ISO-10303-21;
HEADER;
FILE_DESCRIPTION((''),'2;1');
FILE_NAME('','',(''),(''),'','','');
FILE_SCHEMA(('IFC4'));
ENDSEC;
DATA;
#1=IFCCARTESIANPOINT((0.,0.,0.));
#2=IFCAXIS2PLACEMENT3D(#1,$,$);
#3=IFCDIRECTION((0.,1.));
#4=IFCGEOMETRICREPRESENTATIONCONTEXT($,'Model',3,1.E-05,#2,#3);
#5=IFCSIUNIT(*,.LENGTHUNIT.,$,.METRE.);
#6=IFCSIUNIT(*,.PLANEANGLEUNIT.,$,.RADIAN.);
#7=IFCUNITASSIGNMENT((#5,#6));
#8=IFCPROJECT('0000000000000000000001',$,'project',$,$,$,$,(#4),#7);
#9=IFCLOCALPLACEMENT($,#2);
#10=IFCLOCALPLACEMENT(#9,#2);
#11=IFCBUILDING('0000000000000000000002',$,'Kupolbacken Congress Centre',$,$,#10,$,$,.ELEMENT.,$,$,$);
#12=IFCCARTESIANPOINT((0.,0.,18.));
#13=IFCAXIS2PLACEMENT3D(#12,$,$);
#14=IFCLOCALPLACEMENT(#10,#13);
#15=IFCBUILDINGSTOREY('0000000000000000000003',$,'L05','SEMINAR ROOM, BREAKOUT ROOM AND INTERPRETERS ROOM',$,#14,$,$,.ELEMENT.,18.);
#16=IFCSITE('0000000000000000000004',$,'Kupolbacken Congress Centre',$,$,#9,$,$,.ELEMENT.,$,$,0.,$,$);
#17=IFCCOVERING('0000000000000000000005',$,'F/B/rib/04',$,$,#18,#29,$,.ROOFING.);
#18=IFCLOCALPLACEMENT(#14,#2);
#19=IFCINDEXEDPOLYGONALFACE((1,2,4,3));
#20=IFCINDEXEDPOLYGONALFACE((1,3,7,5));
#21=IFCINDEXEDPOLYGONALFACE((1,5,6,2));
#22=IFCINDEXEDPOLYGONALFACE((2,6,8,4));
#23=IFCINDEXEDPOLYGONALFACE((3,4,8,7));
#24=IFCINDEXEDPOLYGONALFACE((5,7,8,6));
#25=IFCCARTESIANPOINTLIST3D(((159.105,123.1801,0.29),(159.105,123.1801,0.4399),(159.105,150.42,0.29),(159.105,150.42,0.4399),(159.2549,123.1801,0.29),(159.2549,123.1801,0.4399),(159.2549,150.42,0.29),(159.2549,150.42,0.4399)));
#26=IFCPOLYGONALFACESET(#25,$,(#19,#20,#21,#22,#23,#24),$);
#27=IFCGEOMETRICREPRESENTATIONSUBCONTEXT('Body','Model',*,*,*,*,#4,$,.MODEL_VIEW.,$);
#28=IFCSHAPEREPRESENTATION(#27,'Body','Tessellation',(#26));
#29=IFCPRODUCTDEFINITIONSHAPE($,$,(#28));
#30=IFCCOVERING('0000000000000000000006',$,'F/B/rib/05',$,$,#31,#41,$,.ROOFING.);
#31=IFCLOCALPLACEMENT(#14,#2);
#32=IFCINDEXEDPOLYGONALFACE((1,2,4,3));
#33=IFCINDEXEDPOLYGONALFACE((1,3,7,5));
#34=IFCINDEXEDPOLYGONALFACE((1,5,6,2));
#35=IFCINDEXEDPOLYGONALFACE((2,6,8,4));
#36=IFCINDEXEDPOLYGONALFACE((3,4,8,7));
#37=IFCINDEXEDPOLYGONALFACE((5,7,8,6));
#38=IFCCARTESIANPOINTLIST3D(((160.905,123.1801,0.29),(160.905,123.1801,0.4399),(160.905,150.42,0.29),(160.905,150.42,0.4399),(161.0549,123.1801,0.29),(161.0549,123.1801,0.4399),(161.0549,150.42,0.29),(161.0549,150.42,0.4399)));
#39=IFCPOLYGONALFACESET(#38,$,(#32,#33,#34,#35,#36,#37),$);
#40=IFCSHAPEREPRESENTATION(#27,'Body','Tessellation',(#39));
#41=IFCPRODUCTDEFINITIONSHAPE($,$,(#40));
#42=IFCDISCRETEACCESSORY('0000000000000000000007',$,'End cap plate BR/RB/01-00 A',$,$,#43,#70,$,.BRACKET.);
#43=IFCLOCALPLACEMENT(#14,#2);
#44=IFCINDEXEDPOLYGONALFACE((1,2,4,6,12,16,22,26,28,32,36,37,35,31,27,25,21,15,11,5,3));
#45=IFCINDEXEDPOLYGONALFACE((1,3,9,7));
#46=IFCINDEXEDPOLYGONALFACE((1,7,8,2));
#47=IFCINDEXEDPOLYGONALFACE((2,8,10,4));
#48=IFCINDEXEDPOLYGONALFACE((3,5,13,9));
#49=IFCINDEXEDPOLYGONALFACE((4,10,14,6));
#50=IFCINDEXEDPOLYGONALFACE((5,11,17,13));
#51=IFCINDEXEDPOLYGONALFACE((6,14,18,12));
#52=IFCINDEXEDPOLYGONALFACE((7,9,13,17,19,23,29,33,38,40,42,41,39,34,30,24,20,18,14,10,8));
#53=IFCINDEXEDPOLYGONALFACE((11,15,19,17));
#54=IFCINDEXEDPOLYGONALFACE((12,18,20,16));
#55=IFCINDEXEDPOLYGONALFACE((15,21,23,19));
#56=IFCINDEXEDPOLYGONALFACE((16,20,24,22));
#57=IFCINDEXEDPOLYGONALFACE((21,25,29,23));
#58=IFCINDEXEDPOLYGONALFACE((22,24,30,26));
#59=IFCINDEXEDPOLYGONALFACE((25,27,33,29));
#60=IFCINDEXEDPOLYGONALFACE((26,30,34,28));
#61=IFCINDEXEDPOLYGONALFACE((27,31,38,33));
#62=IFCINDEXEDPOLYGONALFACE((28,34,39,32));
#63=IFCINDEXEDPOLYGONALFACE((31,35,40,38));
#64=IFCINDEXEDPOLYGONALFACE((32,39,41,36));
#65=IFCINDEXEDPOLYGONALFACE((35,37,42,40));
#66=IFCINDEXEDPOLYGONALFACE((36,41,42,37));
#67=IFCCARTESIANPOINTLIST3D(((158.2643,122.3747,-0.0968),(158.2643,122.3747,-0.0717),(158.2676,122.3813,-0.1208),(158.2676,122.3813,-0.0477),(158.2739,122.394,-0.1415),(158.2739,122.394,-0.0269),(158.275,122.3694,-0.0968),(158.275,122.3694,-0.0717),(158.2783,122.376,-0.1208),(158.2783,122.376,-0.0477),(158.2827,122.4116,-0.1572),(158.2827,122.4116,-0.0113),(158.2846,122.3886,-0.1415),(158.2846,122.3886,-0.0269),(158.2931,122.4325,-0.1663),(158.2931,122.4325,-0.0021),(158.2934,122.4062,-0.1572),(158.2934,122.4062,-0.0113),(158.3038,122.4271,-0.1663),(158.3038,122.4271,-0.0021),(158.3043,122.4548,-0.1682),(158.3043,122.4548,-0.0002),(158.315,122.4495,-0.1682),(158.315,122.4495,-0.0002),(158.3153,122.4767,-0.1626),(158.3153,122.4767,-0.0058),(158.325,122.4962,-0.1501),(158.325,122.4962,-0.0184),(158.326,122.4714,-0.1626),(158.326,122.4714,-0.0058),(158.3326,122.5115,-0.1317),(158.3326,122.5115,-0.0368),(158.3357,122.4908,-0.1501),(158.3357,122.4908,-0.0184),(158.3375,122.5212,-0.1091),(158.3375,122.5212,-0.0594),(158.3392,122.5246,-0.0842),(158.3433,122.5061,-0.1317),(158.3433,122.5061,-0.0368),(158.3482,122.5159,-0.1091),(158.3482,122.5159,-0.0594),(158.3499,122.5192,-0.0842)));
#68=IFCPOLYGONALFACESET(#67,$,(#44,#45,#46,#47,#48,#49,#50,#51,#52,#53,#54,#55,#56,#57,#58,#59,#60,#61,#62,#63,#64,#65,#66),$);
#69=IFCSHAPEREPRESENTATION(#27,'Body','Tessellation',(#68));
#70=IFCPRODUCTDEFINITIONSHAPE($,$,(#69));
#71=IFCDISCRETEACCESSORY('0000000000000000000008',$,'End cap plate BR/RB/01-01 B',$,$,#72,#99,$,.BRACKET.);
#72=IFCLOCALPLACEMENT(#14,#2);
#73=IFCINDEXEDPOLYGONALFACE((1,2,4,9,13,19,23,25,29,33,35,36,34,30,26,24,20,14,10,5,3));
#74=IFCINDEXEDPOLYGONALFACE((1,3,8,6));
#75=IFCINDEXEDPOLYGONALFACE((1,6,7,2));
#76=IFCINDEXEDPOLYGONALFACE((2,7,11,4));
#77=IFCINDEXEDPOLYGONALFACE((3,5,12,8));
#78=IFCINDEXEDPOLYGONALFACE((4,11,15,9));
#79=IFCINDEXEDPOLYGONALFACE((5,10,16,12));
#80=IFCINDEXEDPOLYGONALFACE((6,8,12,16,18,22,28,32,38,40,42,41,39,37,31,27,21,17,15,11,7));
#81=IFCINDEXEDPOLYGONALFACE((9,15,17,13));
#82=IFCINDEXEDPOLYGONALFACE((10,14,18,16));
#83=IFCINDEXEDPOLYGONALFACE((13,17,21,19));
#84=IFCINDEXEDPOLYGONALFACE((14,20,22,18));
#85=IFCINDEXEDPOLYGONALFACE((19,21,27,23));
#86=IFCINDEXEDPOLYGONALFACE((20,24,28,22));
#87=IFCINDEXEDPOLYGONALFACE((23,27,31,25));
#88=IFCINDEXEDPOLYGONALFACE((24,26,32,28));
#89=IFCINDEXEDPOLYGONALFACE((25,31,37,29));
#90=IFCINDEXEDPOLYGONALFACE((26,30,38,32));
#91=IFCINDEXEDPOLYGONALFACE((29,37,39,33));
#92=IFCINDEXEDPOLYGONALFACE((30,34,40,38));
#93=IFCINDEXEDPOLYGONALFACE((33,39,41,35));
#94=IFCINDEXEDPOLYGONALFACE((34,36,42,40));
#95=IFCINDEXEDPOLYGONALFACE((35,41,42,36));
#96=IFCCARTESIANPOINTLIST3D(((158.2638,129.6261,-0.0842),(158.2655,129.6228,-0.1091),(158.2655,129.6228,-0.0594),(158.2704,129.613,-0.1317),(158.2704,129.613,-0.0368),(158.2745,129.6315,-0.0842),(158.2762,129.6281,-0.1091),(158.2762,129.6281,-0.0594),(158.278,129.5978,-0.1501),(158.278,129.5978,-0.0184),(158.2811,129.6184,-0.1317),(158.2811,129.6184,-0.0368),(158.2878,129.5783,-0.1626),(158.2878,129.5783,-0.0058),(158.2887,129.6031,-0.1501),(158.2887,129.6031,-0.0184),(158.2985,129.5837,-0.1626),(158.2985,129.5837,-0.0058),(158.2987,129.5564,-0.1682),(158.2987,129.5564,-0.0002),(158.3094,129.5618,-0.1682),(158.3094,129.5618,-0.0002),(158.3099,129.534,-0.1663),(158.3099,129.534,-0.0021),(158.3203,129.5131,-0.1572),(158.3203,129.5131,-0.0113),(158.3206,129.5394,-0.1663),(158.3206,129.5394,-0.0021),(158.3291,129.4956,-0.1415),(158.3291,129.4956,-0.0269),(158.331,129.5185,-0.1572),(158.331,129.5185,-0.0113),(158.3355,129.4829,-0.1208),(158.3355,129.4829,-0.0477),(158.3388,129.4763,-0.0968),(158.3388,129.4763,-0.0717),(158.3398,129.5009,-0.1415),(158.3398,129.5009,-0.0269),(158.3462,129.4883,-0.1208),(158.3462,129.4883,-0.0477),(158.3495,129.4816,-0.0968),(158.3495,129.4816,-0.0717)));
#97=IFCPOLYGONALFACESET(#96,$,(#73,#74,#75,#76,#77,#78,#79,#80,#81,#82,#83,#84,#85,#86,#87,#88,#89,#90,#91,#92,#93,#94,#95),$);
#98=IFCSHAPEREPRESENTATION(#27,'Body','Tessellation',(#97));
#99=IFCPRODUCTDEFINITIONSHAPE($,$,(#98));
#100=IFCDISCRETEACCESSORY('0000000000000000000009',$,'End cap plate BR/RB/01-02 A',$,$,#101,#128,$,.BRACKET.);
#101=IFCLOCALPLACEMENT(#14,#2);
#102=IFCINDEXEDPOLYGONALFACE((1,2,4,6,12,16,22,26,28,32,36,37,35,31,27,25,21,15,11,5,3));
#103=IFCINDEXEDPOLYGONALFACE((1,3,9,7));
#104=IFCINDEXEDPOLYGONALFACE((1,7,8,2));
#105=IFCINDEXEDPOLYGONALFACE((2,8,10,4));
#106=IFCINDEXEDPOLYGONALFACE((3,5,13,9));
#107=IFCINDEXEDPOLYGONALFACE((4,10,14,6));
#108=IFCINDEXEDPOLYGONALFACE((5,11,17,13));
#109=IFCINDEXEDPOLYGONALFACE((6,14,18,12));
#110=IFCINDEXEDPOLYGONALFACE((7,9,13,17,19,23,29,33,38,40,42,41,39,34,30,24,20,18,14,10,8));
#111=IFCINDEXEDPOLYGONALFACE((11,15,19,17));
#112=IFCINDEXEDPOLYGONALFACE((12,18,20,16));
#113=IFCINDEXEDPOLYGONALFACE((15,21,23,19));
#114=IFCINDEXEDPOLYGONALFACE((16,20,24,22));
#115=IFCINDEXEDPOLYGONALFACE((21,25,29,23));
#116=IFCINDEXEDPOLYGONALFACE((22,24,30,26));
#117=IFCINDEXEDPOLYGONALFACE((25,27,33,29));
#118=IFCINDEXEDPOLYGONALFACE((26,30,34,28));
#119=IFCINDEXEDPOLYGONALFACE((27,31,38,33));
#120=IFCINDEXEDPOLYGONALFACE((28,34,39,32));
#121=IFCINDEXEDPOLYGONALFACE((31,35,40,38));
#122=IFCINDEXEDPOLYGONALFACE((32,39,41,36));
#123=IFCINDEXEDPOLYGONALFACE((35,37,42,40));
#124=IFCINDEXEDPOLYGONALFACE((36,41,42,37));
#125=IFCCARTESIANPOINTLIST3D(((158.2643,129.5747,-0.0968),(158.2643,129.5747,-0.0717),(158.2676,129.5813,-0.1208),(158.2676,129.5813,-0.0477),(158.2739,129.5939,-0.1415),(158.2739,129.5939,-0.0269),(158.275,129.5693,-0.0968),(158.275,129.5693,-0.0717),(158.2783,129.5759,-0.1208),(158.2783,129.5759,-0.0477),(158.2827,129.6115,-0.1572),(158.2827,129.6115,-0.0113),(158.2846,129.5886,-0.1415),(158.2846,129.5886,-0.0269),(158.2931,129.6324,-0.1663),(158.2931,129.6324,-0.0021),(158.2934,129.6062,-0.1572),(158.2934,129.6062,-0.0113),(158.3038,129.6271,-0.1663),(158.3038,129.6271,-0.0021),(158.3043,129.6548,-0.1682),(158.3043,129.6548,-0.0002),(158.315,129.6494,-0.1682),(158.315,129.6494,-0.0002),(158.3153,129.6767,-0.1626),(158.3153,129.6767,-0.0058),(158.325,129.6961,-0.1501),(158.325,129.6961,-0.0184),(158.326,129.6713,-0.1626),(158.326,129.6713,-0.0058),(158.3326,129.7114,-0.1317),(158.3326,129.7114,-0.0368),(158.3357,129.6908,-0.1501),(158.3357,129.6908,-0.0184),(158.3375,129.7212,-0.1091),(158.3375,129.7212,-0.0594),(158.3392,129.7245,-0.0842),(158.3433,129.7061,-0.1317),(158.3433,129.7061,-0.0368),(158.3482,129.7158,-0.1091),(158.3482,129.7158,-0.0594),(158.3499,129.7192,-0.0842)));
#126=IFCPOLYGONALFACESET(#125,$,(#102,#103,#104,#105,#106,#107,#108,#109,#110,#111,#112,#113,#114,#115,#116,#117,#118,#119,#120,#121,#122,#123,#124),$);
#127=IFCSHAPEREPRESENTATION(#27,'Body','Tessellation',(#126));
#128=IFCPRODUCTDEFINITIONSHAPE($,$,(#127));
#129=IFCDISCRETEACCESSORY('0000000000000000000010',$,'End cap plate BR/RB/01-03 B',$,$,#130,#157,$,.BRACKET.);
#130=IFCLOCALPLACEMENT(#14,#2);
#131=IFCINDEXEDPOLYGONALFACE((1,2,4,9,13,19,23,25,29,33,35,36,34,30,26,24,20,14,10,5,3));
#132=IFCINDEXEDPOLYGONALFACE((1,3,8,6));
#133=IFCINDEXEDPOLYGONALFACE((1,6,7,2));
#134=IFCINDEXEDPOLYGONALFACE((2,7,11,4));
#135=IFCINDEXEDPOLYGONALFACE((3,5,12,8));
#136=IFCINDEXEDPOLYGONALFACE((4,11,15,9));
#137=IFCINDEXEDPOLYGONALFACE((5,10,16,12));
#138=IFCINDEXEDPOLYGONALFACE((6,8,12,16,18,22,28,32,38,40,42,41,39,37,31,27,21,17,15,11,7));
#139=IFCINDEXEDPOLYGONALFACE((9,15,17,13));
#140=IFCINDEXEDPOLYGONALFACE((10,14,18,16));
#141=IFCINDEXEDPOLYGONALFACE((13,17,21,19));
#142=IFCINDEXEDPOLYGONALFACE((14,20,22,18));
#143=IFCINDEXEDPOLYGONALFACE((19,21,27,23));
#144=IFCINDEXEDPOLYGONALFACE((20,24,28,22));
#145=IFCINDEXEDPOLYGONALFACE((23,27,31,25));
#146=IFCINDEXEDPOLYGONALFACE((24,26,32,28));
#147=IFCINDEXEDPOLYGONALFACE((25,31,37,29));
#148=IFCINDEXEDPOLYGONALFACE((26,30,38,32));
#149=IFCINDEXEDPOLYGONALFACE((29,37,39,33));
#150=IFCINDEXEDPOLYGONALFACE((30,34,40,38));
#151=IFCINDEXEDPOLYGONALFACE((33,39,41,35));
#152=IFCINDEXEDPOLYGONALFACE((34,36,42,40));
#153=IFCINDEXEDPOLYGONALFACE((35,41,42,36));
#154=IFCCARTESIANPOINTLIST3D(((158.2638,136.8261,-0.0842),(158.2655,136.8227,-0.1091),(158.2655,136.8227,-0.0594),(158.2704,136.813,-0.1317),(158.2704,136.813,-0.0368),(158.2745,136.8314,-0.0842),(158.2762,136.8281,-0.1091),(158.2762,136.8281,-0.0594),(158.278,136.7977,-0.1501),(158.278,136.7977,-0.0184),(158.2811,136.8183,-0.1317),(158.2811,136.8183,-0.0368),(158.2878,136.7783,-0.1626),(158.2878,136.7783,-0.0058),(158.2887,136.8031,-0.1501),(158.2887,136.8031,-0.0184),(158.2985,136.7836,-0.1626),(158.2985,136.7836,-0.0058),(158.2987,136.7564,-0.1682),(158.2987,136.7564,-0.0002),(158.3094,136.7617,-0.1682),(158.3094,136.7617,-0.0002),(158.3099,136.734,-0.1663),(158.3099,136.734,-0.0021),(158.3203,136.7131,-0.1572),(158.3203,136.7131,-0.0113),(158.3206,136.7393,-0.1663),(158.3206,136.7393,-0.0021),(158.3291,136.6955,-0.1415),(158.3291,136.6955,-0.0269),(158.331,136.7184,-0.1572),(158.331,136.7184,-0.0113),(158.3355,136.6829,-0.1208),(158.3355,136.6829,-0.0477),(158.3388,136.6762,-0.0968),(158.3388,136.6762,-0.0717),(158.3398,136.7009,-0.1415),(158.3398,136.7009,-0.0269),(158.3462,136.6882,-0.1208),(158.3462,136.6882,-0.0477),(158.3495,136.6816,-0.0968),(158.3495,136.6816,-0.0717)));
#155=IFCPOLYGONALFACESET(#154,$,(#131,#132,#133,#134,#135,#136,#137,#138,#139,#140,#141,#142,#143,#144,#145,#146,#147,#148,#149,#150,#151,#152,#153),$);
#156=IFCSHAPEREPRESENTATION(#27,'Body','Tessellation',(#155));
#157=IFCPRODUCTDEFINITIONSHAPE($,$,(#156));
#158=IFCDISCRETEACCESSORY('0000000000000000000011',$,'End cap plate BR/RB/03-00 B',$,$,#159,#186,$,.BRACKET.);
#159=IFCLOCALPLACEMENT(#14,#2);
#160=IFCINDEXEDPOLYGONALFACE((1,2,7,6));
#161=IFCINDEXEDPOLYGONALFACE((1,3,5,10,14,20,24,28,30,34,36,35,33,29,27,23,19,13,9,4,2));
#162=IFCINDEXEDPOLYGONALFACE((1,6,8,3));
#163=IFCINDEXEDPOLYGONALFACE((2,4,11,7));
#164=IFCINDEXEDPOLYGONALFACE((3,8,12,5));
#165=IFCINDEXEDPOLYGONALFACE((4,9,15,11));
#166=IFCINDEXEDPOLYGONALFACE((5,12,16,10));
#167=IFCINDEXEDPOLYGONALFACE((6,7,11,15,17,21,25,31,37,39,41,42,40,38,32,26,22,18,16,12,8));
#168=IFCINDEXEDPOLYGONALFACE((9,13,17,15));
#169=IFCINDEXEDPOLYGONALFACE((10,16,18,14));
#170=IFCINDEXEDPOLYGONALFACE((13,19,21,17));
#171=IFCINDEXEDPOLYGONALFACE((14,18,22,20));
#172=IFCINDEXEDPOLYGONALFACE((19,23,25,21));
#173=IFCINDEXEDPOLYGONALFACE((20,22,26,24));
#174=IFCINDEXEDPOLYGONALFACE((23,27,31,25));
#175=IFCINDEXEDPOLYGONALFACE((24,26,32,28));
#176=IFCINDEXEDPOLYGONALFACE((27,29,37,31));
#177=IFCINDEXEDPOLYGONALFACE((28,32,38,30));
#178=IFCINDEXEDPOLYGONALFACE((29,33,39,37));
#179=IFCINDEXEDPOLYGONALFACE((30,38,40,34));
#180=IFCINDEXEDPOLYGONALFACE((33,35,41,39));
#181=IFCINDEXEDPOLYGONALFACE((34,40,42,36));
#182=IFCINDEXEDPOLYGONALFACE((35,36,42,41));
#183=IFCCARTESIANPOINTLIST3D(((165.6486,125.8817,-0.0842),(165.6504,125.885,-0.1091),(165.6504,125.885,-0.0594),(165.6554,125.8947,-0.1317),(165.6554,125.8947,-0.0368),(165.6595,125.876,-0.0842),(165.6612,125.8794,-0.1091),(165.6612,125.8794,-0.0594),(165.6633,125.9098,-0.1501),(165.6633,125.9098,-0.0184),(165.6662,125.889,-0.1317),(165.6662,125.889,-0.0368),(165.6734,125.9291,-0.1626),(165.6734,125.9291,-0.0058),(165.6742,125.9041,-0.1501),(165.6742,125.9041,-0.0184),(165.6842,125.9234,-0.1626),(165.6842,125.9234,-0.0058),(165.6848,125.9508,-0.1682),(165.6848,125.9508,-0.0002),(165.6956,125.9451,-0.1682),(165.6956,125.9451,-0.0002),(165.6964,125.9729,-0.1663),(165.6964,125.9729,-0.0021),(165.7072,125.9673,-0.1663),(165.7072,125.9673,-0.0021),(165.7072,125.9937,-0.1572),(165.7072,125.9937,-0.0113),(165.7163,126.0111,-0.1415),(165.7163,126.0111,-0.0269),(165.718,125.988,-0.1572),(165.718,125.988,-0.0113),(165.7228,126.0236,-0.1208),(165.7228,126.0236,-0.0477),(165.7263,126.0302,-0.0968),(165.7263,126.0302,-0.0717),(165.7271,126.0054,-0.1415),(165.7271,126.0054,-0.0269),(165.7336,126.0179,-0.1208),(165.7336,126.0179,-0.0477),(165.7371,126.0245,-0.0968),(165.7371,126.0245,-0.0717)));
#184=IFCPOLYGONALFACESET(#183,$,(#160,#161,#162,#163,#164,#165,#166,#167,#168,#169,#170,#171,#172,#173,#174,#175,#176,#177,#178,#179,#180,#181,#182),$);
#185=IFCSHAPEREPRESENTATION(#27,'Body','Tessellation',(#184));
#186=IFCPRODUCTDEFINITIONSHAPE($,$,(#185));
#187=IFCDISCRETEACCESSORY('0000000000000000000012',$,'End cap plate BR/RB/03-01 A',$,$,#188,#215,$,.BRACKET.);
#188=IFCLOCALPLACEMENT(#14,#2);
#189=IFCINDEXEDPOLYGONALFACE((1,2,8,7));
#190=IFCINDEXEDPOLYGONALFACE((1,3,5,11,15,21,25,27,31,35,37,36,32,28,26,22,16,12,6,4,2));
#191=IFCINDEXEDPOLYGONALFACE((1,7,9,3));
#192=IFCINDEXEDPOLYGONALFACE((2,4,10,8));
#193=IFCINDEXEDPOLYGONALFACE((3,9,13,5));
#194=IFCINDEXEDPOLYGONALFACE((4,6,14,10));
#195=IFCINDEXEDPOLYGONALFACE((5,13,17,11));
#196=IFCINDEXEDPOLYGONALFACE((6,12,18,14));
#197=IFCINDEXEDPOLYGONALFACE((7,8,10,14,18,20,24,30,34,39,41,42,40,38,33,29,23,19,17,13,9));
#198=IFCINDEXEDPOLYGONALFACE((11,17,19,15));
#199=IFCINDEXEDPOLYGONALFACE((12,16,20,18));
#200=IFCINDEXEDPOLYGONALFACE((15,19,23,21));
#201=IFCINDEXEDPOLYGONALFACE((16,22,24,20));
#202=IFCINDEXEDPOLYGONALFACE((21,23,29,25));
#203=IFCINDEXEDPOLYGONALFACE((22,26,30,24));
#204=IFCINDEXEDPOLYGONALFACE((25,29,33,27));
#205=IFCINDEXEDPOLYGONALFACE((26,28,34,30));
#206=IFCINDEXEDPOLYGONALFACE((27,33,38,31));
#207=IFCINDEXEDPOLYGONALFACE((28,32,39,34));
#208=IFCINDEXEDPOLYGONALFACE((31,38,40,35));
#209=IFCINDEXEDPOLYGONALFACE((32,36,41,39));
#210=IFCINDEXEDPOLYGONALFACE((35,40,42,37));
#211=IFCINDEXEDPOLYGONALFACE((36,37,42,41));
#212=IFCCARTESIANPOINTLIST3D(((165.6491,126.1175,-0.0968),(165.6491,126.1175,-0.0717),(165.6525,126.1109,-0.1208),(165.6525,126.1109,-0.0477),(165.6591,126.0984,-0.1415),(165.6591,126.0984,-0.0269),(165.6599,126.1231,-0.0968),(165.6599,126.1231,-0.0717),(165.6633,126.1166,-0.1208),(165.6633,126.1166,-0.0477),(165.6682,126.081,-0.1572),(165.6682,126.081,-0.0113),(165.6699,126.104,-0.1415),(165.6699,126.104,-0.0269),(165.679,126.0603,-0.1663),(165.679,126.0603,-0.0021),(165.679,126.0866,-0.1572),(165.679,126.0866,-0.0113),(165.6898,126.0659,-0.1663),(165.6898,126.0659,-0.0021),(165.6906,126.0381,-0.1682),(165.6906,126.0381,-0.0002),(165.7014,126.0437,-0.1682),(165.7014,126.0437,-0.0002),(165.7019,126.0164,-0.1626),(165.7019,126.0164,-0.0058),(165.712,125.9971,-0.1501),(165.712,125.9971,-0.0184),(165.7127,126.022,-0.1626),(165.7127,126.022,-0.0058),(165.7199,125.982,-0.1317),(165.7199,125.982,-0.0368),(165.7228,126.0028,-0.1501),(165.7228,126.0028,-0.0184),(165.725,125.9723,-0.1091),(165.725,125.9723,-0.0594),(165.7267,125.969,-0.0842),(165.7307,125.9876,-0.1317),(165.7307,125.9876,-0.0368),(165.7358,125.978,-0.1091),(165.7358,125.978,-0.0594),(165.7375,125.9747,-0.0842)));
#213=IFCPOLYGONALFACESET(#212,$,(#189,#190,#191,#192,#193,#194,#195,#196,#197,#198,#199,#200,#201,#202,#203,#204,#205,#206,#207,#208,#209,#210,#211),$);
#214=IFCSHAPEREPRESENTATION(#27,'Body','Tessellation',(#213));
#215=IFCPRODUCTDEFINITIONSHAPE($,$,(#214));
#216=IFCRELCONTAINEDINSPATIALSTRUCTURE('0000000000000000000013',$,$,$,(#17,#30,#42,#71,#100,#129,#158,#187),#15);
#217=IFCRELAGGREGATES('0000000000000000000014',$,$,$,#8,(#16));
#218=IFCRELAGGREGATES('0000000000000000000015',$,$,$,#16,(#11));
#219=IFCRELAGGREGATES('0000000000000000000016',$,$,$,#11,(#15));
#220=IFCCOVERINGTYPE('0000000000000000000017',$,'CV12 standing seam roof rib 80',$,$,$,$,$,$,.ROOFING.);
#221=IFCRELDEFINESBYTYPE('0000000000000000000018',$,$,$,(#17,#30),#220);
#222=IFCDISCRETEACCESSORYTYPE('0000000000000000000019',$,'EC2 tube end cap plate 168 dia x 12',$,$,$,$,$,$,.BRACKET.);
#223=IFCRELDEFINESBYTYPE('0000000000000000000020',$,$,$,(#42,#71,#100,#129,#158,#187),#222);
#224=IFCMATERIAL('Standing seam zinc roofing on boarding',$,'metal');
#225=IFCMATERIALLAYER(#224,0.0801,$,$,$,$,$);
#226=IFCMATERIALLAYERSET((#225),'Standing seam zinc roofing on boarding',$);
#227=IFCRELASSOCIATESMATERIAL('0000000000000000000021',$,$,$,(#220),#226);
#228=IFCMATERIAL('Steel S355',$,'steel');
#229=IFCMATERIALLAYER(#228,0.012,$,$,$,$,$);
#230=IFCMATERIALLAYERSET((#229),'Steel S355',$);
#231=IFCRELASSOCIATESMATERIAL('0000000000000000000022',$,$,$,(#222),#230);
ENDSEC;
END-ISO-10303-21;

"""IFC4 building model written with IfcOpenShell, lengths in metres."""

from ifc_helpers import new_model, si_unit, direction, frame, origin, origin_2d, place, context, subcontext, project, spatial, rectangle, circle, extrude, material, layer, layer_set, type_object, element, save


model = new_model("IFC4")

# Units and contexts
model_context = context("Model", 3, precision=1e-05, world=origin(), true_north=direction((0.0, 1.0)))
body_context = subcontext(model_context, "Body", "Model", "MODEL_VIEW")
ifc_project = project(units=[si_unit("LENGTHUNIT", "METRE"), si_unit("PLANEANGLEUNIT", "RADIAN")], contexts=[model_context])

# Site, building, storey
site_placement = place(None, origin())
site = spatial("IfcSite", under=ifc_project, at=site_placement, Name="Kupolbacken Congress Centre", CompositionType="ELEMENT", RefElevation=0.0)
building_placement = place(site_placement, origin())
building = spatial("IfcBuilding", under=site, at=building_placement, Name="Kupolbacken Congress Centre", CompositionType="ELEMENT")
storey_placement = place(building_placement, frame((0.0, 0.0, 18.0)))
storey = spatial("IfcBuildingStorey", under=building, at=storey_placement, Name="L05", Description="SEMINAR ROOM, BREAKOUT ROOM AND INTERPRETERS ROOM", CompositionType="ELEMENT", Elevation=18.0)

# Coverings
ifc_material_1 = material(Name="Standing seam zinc roofing on boarding", Category="metal")
ifc_layer_1 = layer(ifc_material_1, 0.0801)
ifc_layer_set_1 = layer_set([ifc_layer_1], Name="Standing seam zinc roofing on boarding")
covering_type = type_object("IfcCoveringType", Name="CV12 standing seam roof rib 80", PredefinedType="ROOFING", material=ifc_layer_set_1)
for number, where, z_axis, x_axis, name in (
    (1, (159.1799, 136.8, 0.29), (0.0, 0.0, 1.0), (0.0, 1.0, 0.0), "F/B/rib/04"),
    (2, (160.98, 136.8, 0.29), (0.0, 0.0, 1.0), (0.0, 1.0, 0.0), "F/B/rib/05"),
):
    element("IfcCovering", number, at=place(storey_placement, frame(where, z_axis=z_axis, x_axis=x_axis)), inside=storey, type_object=covering_type, Name=name, PredefinedType="ROOFING", context=body_context, shape_type="SweptSolid", body=[
        extrude(rectangle(XDim=27.24, YDim=0.1499, at=origin_2d()), origin(), (0.0, 0.0, 1.0), 0.1499),
    ])

# Discrete accessories
ifc_material_2 = material(Name="Steel S355", Category="steel")
ifc_layer_2 = layer(ifc_material_2, 0.012)
ifc_layer_set_2 = layer_set([ifc_layer_2], Name="Steel S355")
discrete_accessory_type = type_object("IfcDiscreteAccessoryType", Name="EC2 tube end cap plate 168 dia x 12", PredefinedType="BRACKET", material=ifc_layer_set_2)
for number, where, z_axis, x_axis, name in (
    (3, (158.3015, 122.4492, -0.0842), (0.894427, -0.447214, 0.0), (0.447214, 0.894427, 0.0), "End cap plate BR/RB/01-00 A"),
    (4, (158.3015, 129.5508, -0.0842), (0.894427, 0.447214, 0.0), (-0.447214, 0.894427, 0.0), "End cap plate BR/RB/01-01 B"),
    (5, (158.3015, 129.6492, -0.0842), (0.894427, -0.447214, 0.0), (0.447214, 0.894427, 0.0), "End cap plate BR/RB/01-02 A"),
    (6, (158.3015, 136.7507, -0.0842), (0.894427, 0.447214, 0.0), (-0.447214, 0.894427, 0.0), "End cap plate BR/RB/01-03 B"),
):
    element("IfcDiscreteAccessory", number, at=place(storey_placement, frame(where, z_axis=z_axis, x_axis=x_axis)), inside=storey, type_object=discrete_accessory_type, Name=name, PredefinedType="BRACKET", context=body_context, shape_type="SweptSolid", body=[
        extrude(circle(Radius=0.0842, at=origin_2d()), origin(), (0.0, 0.0, 1.0), 0.012),
    ])
for number, where, z_axis, x_axis, name in (
    (7, (165.6985, 125.9507, -0.0842), (-0.886225, 0.463254, 0.0), (-0.463254, -0.886225, 0.0), "End cap plate BR/RB/03-00 B"),
    (8, (165.6985, 126.0493, -0.0842), (-0.886225, -0.463254, 0.0), (0.463254, -0.886225, 0.0), "End cap plate BR/RB/03-01 A"),
):
    element("IfcDiscreteAccessory", number, at=place(storey_placement, frame(where, z_axis=z_axis, x_axis=x_axis)), inside=storey, type_object=discrete_accessory_type, Name=name, PredefinedType="BRACKET", context=body_context, shape_type="SweptSolid", body=[
        extrude(circle(Radius=0.0842, at=origin_2d()), origin(), (0.0, 0.0, 1.0), 0.0122),
    ])

save(model, "model.ifc")
